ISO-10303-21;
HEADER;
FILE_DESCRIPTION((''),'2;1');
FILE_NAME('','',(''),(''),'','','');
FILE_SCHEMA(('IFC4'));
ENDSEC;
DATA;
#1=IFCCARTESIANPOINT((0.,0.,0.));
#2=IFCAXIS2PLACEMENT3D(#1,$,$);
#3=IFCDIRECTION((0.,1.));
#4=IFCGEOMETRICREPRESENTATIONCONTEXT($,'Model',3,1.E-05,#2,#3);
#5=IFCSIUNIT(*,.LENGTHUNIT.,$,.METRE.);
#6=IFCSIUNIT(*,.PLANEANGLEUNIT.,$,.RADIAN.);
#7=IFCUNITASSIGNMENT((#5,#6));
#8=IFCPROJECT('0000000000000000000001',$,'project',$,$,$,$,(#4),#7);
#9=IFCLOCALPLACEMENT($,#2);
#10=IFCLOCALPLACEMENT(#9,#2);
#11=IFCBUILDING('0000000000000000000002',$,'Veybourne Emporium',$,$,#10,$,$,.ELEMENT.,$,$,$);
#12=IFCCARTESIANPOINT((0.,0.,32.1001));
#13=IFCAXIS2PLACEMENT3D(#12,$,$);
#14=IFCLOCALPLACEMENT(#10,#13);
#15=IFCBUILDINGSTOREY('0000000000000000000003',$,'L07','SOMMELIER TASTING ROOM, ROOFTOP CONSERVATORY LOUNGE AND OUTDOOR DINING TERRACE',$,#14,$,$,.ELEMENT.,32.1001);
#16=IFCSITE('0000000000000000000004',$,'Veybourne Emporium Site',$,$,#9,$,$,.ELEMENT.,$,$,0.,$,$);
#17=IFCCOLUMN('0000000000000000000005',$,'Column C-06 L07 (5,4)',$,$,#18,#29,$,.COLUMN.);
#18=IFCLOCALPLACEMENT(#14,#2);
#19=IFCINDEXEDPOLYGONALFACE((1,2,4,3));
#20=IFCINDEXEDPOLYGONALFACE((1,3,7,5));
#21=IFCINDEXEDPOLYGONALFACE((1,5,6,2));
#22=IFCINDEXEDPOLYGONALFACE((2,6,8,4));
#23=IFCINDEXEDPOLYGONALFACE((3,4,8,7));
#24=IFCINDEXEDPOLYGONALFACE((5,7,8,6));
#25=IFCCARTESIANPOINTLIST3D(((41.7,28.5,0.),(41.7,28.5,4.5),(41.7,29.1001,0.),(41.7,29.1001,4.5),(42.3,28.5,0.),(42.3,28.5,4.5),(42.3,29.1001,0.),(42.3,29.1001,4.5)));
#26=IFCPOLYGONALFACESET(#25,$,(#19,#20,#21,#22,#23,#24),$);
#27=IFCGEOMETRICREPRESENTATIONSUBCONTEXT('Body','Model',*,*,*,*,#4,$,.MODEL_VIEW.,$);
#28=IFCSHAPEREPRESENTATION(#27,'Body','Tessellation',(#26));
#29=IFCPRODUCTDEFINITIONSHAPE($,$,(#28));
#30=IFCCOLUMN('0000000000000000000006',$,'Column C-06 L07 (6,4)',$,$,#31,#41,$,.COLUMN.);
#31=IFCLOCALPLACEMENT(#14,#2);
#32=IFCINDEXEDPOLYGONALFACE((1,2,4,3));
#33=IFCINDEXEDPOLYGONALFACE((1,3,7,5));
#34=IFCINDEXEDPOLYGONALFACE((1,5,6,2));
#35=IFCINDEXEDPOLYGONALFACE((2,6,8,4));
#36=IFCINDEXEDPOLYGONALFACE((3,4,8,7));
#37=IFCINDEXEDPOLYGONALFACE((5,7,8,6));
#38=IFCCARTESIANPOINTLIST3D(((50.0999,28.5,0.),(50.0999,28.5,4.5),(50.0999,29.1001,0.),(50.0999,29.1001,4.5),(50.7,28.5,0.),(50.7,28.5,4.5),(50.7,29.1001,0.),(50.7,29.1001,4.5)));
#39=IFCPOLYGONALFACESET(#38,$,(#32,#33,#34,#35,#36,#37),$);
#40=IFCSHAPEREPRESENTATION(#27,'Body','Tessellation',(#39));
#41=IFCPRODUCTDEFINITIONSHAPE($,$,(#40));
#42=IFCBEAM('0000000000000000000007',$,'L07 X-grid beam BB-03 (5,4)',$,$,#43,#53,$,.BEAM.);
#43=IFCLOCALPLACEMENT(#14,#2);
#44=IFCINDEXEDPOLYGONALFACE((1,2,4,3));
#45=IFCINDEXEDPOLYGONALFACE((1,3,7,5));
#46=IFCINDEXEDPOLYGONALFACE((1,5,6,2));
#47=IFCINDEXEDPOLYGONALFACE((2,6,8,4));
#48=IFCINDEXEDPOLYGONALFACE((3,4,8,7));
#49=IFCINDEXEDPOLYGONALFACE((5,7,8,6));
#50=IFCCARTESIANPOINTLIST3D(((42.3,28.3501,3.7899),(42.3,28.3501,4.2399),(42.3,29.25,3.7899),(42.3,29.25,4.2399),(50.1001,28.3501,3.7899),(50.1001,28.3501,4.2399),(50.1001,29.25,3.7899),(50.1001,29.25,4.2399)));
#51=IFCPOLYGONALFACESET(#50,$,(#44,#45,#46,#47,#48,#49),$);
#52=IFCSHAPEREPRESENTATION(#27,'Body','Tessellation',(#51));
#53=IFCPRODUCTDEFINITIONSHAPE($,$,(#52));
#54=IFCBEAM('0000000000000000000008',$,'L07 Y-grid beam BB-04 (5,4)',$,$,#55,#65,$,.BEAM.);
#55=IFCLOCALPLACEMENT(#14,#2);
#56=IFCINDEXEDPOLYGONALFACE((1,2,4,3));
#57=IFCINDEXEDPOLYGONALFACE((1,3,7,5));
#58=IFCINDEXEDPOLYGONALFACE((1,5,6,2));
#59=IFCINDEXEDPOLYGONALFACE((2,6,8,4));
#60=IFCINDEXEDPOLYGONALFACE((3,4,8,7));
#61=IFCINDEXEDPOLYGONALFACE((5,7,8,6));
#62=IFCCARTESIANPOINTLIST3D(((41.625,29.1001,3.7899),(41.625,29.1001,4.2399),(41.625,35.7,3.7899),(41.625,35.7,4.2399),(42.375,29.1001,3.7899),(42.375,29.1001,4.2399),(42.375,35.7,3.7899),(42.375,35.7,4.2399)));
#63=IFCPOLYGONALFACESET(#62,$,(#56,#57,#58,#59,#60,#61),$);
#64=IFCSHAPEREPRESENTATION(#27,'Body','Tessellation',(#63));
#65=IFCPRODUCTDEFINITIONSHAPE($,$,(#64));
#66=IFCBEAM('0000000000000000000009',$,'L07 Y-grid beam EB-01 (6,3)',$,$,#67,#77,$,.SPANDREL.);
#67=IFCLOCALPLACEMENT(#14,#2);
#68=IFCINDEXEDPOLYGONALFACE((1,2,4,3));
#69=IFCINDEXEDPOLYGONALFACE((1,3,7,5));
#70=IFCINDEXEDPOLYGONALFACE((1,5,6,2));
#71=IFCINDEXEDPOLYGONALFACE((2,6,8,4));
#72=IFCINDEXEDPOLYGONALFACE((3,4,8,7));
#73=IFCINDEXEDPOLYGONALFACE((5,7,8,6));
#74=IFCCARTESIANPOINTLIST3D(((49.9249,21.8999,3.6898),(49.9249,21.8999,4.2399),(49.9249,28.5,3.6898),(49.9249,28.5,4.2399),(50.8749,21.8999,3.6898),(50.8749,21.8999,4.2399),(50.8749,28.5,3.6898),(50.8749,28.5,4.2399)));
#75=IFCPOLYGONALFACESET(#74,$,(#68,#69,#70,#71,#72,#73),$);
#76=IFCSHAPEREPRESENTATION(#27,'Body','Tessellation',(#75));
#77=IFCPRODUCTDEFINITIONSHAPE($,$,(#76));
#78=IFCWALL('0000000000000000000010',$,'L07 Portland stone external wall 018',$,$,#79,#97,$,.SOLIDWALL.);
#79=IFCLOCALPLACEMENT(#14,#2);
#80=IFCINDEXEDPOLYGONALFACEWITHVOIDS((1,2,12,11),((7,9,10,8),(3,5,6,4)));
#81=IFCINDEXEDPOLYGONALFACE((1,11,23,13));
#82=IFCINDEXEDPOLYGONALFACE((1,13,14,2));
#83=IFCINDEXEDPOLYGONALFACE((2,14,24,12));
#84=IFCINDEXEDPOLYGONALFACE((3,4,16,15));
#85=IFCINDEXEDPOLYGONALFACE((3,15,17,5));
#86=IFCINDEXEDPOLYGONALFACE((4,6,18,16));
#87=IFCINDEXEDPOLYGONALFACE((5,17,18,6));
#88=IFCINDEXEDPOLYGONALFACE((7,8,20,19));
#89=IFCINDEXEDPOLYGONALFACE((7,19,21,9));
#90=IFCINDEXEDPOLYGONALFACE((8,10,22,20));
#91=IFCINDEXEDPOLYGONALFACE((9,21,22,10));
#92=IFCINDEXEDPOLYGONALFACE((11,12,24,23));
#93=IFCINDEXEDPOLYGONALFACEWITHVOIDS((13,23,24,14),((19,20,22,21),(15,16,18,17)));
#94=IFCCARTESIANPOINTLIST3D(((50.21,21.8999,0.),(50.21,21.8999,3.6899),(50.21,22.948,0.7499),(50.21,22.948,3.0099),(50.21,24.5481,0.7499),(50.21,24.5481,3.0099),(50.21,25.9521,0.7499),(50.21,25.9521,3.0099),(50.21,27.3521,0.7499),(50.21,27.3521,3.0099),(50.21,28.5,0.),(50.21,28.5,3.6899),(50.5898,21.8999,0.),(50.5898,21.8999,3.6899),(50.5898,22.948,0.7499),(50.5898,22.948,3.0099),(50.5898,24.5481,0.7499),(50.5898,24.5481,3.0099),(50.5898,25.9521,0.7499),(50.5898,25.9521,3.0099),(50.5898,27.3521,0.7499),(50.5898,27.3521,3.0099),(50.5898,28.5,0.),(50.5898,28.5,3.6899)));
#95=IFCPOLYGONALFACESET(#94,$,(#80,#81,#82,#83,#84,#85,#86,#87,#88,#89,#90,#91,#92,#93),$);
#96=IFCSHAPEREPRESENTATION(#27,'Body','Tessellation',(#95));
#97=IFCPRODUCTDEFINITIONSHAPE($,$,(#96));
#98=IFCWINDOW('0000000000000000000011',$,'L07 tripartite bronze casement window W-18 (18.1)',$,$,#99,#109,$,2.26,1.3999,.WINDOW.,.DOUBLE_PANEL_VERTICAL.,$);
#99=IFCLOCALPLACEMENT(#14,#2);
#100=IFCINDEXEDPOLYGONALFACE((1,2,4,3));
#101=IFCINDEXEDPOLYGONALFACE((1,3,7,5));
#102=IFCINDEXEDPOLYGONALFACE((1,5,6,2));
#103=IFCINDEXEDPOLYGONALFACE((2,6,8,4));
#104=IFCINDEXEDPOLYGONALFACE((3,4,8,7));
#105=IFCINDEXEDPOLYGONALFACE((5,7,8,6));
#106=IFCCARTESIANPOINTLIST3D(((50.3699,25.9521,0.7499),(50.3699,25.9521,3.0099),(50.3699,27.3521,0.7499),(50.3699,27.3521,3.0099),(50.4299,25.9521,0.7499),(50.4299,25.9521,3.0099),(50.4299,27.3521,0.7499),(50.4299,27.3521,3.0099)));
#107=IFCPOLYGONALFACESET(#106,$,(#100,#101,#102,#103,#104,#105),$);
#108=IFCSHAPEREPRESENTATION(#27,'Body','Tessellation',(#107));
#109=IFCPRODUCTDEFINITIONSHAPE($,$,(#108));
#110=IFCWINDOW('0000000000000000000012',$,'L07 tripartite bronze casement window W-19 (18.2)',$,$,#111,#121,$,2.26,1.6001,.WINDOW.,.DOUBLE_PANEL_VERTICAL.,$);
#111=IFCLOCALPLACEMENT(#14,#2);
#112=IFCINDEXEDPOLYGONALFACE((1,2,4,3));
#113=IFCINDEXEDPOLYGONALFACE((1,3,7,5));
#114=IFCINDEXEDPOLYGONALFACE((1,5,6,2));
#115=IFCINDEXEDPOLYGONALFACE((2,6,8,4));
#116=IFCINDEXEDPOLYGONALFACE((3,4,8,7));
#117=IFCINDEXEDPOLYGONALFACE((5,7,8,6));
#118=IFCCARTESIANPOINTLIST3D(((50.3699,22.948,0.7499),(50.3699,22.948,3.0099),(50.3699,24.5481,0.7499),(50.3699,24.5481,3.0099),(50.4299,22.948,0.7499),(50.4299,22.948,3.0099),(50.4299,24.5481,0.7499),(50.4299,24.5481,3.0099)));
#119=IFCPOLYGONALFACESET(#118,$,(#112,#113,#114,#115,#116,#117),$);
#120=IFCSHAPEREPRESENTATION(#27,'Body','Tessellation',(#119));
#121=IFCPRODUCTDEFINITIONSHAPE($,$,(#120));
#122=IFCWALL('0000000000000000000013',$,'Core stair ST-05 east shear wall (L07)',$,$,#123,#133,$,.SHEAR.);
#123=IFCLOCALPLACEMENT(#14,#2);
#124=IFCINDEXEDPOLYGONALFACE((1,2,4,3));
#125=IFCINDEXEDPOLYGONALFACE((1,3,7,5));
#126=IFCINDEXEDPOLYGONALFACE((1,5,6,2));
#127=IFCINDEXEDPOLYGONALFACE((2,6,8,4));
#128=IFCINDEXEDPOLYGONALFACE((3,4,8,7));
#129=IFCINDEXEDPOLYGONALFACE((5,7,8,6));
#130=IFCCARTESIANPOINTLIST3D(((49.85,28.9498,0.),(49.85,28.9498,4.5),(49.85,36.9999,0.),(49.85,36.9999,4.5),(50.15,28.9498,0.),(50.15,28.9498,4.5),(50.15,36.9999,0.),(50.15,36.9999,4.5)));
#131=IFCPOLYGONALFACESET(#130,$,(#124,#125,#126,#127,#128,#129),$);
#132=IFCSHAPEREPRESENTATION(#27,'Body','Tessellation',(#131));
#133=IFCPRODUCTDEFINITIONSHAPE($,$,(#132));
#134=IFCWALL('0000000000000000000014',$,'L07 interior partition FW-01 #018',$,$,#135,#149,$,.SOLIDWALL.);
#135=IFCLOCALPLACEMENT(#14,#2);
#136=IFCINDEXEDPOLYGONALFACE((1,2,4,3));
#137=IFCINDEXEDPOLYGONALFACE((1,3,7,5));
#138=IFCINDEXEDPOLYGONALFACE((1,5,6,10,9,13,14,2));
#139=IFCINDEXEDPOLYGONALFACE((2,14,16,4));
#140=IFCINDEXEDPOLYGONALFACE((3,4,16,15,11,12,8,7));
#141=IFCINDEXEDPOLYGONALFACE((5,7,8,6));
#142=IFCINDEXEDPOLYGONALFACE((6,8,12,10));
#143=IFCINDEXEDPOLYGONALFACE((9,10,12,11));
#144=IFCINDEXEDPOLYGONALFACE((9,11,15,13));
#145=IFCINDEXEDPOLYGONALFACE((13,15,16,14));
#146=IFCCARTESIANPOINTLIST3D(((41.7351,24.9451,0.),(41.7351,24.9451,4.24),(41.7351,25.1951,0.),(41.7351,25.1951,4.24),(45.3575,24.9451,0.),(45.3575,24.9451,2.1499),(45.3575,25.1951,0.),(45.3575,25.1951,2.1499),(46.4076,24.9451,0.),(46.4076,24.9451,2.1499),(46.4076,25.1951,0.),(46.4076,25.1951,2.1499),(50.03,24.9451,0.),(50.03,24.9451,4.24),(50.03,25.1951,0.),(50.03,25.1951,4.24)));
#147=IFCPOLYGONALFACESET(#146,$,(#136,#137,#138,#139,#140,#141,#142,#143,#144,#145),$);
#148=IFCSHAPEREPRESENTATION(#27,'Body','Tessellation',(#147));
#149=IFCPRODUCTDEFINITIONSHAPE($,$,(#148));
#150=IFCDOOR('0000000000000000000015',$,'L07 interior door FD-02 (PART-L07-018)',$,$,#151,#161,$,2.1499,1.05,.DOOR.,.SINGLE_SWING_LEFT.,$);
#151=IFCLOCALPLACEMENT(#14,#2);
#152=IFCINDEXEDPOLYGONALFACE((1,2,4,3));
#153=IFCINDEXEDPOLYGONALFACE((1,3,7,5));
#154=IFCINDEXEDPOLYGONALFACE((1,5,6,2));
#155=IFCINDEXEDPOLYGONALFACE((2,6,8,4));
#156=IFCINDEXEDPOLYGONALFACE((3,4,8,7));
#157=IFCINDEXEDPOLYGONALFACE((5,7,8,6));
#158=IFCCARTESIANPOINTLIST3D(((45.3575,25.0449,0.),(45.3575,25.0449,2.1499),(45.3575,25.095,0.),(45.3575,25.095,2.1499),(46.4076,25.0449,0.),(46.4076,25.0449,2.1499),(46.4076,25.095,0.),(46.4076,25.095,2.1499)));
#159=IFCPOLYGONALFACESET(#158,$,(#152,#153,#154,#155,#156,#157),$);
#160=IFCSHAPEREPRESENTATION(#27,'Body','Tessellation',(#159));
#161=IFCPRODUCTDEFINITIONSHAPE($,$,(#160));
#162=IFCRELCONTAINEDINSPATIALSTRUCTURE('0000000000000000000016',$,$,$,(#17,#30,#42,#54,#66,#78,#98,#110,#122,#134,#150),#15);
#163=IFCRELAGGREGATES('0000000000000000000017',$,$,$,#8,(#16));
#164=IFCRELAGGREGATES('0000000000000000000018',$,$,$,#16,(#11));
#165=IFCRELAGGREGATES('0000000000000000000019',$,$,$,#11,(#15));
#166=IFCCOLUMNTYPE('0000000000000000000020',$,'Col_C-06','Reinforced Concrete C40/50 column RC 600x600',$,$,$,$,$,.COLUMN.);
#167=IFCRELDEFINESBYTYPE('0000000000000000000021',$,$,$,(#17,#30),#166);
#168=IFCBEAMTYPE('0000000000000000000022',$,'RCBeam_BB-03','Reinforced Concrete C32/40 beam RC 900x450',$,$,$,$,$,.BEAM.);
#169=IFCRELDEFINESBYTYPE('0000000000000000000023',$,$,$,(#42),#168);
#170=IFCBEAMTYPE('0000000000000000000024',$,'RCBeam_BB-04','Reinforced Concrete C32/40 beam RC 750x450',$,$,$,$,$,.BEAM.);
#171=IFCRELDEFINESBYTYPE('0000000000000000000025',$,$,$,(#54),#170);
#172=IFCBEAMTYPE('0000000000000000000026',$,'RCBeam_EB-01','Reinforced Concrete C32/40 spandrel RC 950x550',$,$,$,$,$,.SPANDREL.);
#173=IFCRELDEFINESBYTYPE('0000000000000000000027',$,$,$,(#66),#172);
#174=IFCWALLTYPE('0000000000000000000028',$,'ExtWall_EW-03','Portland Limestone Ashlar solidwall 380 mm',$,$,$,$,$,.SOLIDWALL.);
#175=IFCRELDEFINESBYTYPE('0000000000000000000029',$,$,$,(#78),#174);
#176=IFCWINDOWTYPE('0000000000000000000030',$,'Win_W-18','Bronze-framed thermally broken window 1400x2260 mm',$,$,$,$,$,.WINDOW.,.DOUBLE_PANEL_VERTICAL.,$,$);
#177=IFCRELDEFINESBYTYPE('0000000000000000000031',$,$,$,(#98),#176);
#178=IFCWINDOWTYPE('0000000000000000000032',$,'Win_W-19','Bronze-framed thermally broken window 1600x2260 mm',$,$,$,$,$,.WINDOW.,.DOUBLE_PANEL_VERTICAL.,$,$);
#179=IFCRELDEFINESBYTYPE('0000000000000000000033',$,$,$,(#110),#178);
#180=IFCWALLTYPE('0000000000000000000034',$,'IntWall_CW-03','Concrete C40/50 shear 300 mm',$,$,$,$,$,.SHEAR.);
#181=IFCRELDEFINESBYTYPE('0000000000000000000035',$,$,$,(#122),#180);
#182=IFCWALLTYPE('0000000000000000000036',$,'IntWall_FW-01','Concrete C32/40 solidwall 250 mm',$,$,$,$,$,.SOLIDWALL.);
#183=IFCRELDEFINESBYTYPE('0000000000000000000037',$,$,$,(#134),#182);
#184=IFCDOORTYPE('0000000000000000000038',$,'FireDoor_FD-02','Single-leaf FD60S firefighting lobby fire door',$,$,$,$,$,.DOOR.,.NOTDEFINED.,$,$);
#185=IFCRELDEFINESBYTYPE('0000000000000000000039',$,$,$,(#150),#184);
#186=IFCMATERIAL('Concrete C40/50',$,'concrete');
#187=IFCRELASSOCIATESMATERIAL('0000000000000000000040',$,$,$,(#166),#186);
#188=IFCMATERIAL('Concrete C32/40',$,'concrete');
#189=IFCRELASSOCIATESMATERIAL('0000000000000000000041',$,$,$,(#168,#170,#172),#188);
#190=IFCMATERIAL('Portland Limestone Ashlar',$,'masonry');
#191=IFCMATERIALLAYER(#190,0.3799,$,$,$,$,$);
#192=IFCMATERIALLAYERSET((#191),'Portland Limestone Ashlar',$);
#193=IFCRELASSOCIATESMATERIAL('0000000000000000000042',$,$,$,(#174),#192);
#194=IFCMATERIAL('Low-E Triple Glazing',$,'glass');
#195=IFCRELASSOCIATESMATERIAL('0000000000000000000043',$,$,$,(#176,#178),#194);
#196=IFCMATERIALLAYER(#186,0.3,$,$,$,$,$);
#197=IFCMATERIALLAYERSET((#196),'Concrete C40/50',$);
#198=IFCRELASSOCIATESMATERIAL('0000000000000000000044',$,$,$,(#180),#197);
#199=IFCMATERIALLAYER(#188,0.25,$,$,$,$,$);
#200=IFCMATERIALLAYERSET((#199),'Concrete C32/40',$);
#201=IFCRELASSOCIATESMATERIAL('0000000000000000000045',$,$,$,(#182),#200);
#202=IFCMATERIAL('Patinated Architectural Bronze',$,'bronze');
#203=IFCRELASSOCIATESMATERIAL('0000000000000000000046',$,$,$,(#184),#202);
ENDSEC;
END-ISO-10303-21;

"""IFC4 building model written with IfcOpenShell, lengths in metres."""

from ifc_helpers import new_model, si_unit, direction, frame, frame_2d, origin, origin_2d, place, context, subcontext, project, spatial, rectangle, extrude, material, layer, layer_set, material_profile, profile_set, type_object, element, fill, save


model = new_model("IFC4")

# Units and contexts
model_context = context("Model", 3, precision=1e-05, world=origin(), true_north=direction((0.0, 1.0)))
body_context = subcontext(model_context, "Body", "Model", "MODEL_VIEW")
ifc_project = project(units=[si_unit("LENGTHUNIT", "METRE"), si_unit("PLANEANGLEUNIT", "RADIAN")], contexts=[model_context])

# Site, building, storey
site_placement = place(None, origin())
site = spatial("IfcSite", under=ifc_project, at=site_placement, Name="Veybourne Emporium Site", CompositionType="ELEMENT", RefElevation=0.0)
building_placement = place(site_placement, origin())
building = spatial("IfcBuilding", under=site, at=building_placement, Name="Veybourne Emporium", CompositionType="ELEMENT")
storey_placement = place(building_placement, frame((0.0, 0.0, 32.1001)))
storey = spatial("IfcBuildingStorey", under=building, at=storey_placement, Name="L07", Description="SOMMELIER TASTING ROOM, ROOFTOP CONSERVATORY LOUNGE AND OUTDOOR DINING TERRACE", CompositionType="ELEMENT", Elevation=32.1001)

# Columns
ifc_material_1 = material(Name="Concrete C40/50", Category="concrete")
ifc_material_profile_1 = material_profile(ifc_material_1, rectangle(XDim=0.6001, YDim=0.6001, at=origin_2d()), Name="RC 600x600")
ifc_profile_set_1 = profile_set([ifc_material_profile_1], Name="Concrete C40/50")
column_type = type_object("IfcColumnType", Name="Col_C-06", Description="Reinforced Concrete C40/50 column RC 600x600", PredefinedType="COLUMN", material=ifc_profile_set_1)
for number, where, z_axis, x_axis, name in (
    (1, (42.0, 28.8, 0.0), (0.0, 0.0, 1.0), (1.0, 0.0, 0.0), "Column C-06 L07 (5,4)"),
    (2, (50.3999, 28.8, 0.0), (0.0, 0.0, 1.0), (1.0, 0.0, 0.0), "Column C-06 L07 (6,4)"),
):
    element("IfcColumn", number, at=place(storey_placement, frame(where, z_axis=z_axis, x_axis=x_axis)), inside=storey, type_object=column_type, Name=name, PredefinedType="COLUMN", context=body_context, shape_type="SweptSolid", body=[
        extrude(rectangle(XDim=0.6001, YDim=0.6001, at=origin_2d()), origin(), (0.0, 0.0, 1.0), 4.5),
    ])

# Beams
ifc_material_2 = material(Name="Concrete C32/40", Category="concrete")
ifc_material_profile_2 = material_profile(ifc_material_2, rectangle(XDim=0.8999, YDim=0.45, at=origin_2d()), Name="RC 900x450")
ifc_profile_set_2 = profile_set([ifc_material_profile_2], Name="Concrete C32/40")
beam_type_1 = type_object("IfcBeamType", Name="RCBeam_BB-03", Description="Reinforced Concrete C32/40 beam RC 900x450", PredefinedType="BEAM", material=ifc_profile_set_2)
beam_1_placement = place(storey_placement, frame((42.3, 28.8, 4.0149), z_axis=(1.0, 0.0, 0.0), x_axis=(0.0, 1.0, 0.0)))
element("IfcBeam", 3, at=beam_1_placement, inside=storey, type_object=beam_type_1, Name="L07 X-grid beam BB-03 (5,4)", PredefinedType="BEAM", context=body_context, shape_type="SweptSolid", body=[
    extrude(rectangle(XDim=0.8999, YDim=0.45, at=origin_2d()), origin(), (0.0, 0.0, 1.0), 7.8),
])
ifc_material_profile_3 = material_profile(ifc_material_2, rectangle(XDim=0.75, YDim=0.45, at=origin_2d()), Name="RC 750x450")
ifc_profile_set_3 = profile_set([ifc_material_profile_3], Name="Concrete C32/40")
beam_type_2 = type_object("IfcBeamType", Name="RCBeam_BB-04", Description="Reinforced Concrete C32/40 beam RC 750x450", PredefinedType="BEAM", material=ifc_profile_set_3)
beam_2_placement = place(storey_placement, frame((42.0, 29.1001, 4.0149), z_axis=(0.0, 1.0, 0.0), x_axis=(-1.0, 0.0, 0.0)))
element("IfcBeam", 4, at=beam_2_placement, inside=storey, type_object=beam_type_2, Name="L07 Y-grid beam BB-04 (5,4)", PredefinedType="BEAM", context=body_context, shape_type="SweptSolid", body=[
    extrude(rectangle(XDim=0.75, YDim=0.45, at=origin_2d()), origin(), (0.0, 0.0, 1.0), 6.5999),
])
ifc_material_profile_4 = material_profile(ifc_material_2, rectangle(XDim=0.95, YDim=0.55, at=origin_2d()), Name="RC 950x550")
ifc_profile_set_4 = profile_set([ifc_material_profile_4], Name="Concrete C32/40")
beam_type_3 = type_object("IfcBeamType", Name="RCBeam_EB-01", Description="Reinforced Concrete C32/40 spandrel RC 950x550", PredefinedType="SPANDREL", material=ifc_profile_set_4)
beam_3_placement = place(storey_placement, frame((50.3999, 21.8999, 3.9648), z_axis=(0.0, 1.0, 0.0), x_axis=(-1.0, 0.0, 0.0)))
element("IfcBeam", 5, at=beam_3_placement, inside=storey, type_object=beam_type_3, Name="L07 Y-grid beam EB-01 (6,3)", PredefinedType="SPANDREL", context=body_context, shape_type="SweptSolid", body=[
    extrude(rectangle(XDim=0.95, YDim=0.55, at=origin_2d()), origin(), (0.0, 0.0, 1.0), 6.6001),
])

# Wall, openings, windows
ifc_material_3 = material(Name="Portland Limestone Ashlar", Category="masonry")
ifc_layer_1 = layer(ifc_material_3, 0.3799)
ifc_layer_set_1 = layer_set([ifc_layer_1], Name="Portland Limestone Ashlar")
wall_type_1 = type_object("IfcWallType", Name="ExtWall_EW-03", Description="Portland Limestone Ashlar solidwall 380 mm", PredefinedType="SOLIDWALL", material=ifc_layer_set_1)
wall_1_placement = place(storey_placement, frame((50.3999, 28.5, 0.0), z_axis=(0.0, 0.0, 1.0), x_axis=(0.0, -1.0, 0.0)))
wall_1 = element("IfcWall", 6, at=wall_1_placement, inside=storey, type_object=wall_type_1, Name="L07 Portland stone external wall 018", PredefinedType="SOLIDWALL", context=body_context, shape_type="SweptSolid", body=[
    extrude(rectangle(XDim=6.6001, YDim=0.3799, at=frame_2d((3.3, 0.0))), origin(), (0.0, 0.0, 1.0), 3.6899),
])
opening_1_placement = place(wall_1_placement, frame((1.1479, 0.0, 0.75)))
opening_1 = element("IfcOpeningElement", 7, at=opening_1_placement, cuts=wall_1, PredefinedType="OPENING", context=body_context, shape_type="SweptSolid", body=[
    extrude(rectangle(XDim=1.3999, YDim=2.26, at=frame_2d((0.7, 1.1299))), frame((0.0, 0.21, 0.0), z_axis=(0.0, -1.0, 0.0), x_axis=(1.0, 0.0, 0.0)), (0.0, 0.0, 1.0), 0.4199),
])
opening_2_placement = place(wall_1_placement, frame((3.9519, 0.0, 0.75)))
opening_2 = element("IfcOpeningElement", 8, at=opening_2_placement, cuts=wall_1, PredefinedType="OPENING", context=body_context, shape_type="SweptSolid", body=[
    extrude(rectangle(XDim=1.6001, YDim=2.26, at=frame_2d((0.8, 1.1299))), frame((0.0, 0.21, 0.0), z_axis=(0.0, -1.0, 0.0), x_axis=(1.0, 0.0, 0.0)), (0.0, 0.0, 1.0), 0.4199),
])
ifc_material_4 = material(Name="Low-E Triple Glazing", Category="glass")
window_type_1 = type_object("IfcWindowType", Name="Win_W-18", Description="Bronze-framed thermally broken window 1400x2260 mm", PartitioningType="DOUBLE_PANEL_VERTICAL", PredefinedType="WINDOW", material=ifc_material_4)
window_1_placement = place(opening_1_placement, origin())
window_1 = element("IfcWindow", 9, at=window_1_placement, inside=storey, type_object=window_type_1, Name="L07 tripartite bronze casement window W-18 (18.1)", OverallHeight=2.26, OverallWidth=1.3999, PartitioningType="DOUBLE_PANEL_VERTICAL", PredefinedType="WINDOW", context=body_context, shape_type="SweptSolid", body=[
    extrude(rectangle(XDim=1.3999, YDim=2.26, at=frame_2d((0.7, 1.1299))), frame((0.0, 0.03, 0.0), z_axis=(0.0, -1.0, 0.0), x_axis=(1.0, 0.0, 0.0)), (0.0, 0.0, 1.0), 0.0601),
])
fill(opening_1, window_1)
window_type_2 = type_object("IfcWindowType", Name="Win_W-19", Description="Bronze-framed thermally broken window 1600x2260 mm", PartitioningType="DOUBLE_PANEL_VERTICAL", PredefinedType="WINDOW", material=ifc_material_4)
window_2_placement = place(opening_2_placement, origin())
window_2 = element("IfcWindow", 10, at=window_2_placement, inside=storey, type_object=window_type_2, Name="L07 tripartite bronze casement window W-19 (18.2)", OverallHeight=2.26, OverallWidth=1.6001, PartitioningType="DOUBLE_PANEL_VERTICAL", PredefinedType="WINDOW", context=body_context, shape_type="SweptSolid", body=[
    extrude(rectangle(XDim=1.6001, YDim=2.26, at=frame_2d((0.8, 1.1299))), frame((0.0, 0.03, 0.0), z_axis=(0.0, -1.0, 0.0), x_axis=(1.0, 0.0, 0.0)), (0.0, 0.0, 1.0), 0.0601),
])
fill(opening_2, window_2)

# Wall
ifc_layer_2 = layer(ifc_material_1, 0.3)
ifc_layer_set_2 = layer_set([ifc_layer_2], Name="Concrete C40/50")
wall_type_2 = type_object("IfcWallType", Name="IntWall_CW-03", Description="Concrete C40/50 shear 300 mm", PredefinedType="SHEAR", material=ifc_layer_set_2)
wall_2_placement = place(storey_placement, frame((50.0, 28.95, 0.0), z_axis=(0.0, 0.0, 1.0), x_axis=(0.0, 1.0, 0.0)))
element("IfcWall", 11, at=wall_2_placement, inside=storey, type_object=wall_type_2, Name="Core stair ST-05 east shear wall (L07)", PredefinedType="SHEAR", context=body_context, shape_type="SweptSolid", body=[
    extrude(rectangle(XDim=8.05, YDim=0.3, at=frame_2d((4.0249, 0.0))), origin(), (0.0, 0.0, 1.0), 4.5),
])

# Wall, opening, door
ifc_layer_3 = layer(ifc_material_2, 0.25)
ifc_layer_set_3 = layer_set([ifc_layer_3], Name="Concrete C32/40")
wall_type_3 = type_object("IfcWallType", Name="IntWall_FW-01", Description="Concrete C32/40 solidwall 250 mm", PredefinedType="SOLIDWALL", material=ifc_layer_set_3)
wall_3_placement = place(storey_placement, frame((41.7351, 25.0701, 0.0), z_axis=(0.0, 0.0, 1.0), x_axis=(1.0, 0.0, 0.0)))
wall_3 = element("IfcWall", 12, at=wall_3_placement, inside=storey, type_object=wall_type_3, Name="L07 interior partition FW-01 #018", PredefinedType="SOLIDWALL", context=body_context, shape_type="SweptSolid", body=[
    extrude(rectangle(XDim=8.2949, YDim=0.25, at=frame_2d((4.1475, 0.0))), origin(), (0.0, 0.0, 1.0), 4.24),
])
opening_3_placement = place(wall_3_placement, frame((3.6226, 0.0, 0.0)))
opening_3 = element("IfcOpeningElement", 13, at=opening_3_placement, cuts=wall_3, PredefinedType="OPENING", context=body_context, shape_type="SweptSolid", body=[
    extrude(rectangle(XDim=1.05, YDim=2.1499, at=frame_2d((0.5249, 1.075))), frame((0.0, 0.145, 0.0), z_axis=(0.0, -1.0, 0.0), x_axis=(1.0, 0.0, 0.0)), (0.0, 0.0, 1.0), 0.29),
])
ifc_material_5 = material(Name="Patinated Architectural Bronze", Category="bronze")
door_type_1 = type_object("IfcDoorType", Name="FireDoor_FD-02", Description="Single-leaf FD60S firefighting lobby fire door", OperationType="NOTDEFINED", PredefinedType="DOOR", material=ifc_material_5)
door_1_placement = place(opening_3_placement, origin())
door_1 = element("IfcDoor", 14, at=door_1_placement, inside=storey, type_object=door_type_1, Name="L07 interior door FD-02 (PART-L07-018)", OperationType="SINGLE_SWING_LEFT", OverallHeight=2.1499, OverallWidth=1.05, PredefinedType="DOOR", context=body_context, shape_type="SweptSolid", body=[
    extrude(rectangle(XDim=1.05, YDim=2.1499, at=frame_2d((0.5249, 1.075))), frame((0.0, 0.0249, 0.0), z_axis=(0.0, -1.0, 0.0), x_axis=(1.0, 0.0, 0.0)), (0.0, 0.0, 1.0), 0.05),
])
fill(opening_3, door_1)

save(model, "model.ifc")
